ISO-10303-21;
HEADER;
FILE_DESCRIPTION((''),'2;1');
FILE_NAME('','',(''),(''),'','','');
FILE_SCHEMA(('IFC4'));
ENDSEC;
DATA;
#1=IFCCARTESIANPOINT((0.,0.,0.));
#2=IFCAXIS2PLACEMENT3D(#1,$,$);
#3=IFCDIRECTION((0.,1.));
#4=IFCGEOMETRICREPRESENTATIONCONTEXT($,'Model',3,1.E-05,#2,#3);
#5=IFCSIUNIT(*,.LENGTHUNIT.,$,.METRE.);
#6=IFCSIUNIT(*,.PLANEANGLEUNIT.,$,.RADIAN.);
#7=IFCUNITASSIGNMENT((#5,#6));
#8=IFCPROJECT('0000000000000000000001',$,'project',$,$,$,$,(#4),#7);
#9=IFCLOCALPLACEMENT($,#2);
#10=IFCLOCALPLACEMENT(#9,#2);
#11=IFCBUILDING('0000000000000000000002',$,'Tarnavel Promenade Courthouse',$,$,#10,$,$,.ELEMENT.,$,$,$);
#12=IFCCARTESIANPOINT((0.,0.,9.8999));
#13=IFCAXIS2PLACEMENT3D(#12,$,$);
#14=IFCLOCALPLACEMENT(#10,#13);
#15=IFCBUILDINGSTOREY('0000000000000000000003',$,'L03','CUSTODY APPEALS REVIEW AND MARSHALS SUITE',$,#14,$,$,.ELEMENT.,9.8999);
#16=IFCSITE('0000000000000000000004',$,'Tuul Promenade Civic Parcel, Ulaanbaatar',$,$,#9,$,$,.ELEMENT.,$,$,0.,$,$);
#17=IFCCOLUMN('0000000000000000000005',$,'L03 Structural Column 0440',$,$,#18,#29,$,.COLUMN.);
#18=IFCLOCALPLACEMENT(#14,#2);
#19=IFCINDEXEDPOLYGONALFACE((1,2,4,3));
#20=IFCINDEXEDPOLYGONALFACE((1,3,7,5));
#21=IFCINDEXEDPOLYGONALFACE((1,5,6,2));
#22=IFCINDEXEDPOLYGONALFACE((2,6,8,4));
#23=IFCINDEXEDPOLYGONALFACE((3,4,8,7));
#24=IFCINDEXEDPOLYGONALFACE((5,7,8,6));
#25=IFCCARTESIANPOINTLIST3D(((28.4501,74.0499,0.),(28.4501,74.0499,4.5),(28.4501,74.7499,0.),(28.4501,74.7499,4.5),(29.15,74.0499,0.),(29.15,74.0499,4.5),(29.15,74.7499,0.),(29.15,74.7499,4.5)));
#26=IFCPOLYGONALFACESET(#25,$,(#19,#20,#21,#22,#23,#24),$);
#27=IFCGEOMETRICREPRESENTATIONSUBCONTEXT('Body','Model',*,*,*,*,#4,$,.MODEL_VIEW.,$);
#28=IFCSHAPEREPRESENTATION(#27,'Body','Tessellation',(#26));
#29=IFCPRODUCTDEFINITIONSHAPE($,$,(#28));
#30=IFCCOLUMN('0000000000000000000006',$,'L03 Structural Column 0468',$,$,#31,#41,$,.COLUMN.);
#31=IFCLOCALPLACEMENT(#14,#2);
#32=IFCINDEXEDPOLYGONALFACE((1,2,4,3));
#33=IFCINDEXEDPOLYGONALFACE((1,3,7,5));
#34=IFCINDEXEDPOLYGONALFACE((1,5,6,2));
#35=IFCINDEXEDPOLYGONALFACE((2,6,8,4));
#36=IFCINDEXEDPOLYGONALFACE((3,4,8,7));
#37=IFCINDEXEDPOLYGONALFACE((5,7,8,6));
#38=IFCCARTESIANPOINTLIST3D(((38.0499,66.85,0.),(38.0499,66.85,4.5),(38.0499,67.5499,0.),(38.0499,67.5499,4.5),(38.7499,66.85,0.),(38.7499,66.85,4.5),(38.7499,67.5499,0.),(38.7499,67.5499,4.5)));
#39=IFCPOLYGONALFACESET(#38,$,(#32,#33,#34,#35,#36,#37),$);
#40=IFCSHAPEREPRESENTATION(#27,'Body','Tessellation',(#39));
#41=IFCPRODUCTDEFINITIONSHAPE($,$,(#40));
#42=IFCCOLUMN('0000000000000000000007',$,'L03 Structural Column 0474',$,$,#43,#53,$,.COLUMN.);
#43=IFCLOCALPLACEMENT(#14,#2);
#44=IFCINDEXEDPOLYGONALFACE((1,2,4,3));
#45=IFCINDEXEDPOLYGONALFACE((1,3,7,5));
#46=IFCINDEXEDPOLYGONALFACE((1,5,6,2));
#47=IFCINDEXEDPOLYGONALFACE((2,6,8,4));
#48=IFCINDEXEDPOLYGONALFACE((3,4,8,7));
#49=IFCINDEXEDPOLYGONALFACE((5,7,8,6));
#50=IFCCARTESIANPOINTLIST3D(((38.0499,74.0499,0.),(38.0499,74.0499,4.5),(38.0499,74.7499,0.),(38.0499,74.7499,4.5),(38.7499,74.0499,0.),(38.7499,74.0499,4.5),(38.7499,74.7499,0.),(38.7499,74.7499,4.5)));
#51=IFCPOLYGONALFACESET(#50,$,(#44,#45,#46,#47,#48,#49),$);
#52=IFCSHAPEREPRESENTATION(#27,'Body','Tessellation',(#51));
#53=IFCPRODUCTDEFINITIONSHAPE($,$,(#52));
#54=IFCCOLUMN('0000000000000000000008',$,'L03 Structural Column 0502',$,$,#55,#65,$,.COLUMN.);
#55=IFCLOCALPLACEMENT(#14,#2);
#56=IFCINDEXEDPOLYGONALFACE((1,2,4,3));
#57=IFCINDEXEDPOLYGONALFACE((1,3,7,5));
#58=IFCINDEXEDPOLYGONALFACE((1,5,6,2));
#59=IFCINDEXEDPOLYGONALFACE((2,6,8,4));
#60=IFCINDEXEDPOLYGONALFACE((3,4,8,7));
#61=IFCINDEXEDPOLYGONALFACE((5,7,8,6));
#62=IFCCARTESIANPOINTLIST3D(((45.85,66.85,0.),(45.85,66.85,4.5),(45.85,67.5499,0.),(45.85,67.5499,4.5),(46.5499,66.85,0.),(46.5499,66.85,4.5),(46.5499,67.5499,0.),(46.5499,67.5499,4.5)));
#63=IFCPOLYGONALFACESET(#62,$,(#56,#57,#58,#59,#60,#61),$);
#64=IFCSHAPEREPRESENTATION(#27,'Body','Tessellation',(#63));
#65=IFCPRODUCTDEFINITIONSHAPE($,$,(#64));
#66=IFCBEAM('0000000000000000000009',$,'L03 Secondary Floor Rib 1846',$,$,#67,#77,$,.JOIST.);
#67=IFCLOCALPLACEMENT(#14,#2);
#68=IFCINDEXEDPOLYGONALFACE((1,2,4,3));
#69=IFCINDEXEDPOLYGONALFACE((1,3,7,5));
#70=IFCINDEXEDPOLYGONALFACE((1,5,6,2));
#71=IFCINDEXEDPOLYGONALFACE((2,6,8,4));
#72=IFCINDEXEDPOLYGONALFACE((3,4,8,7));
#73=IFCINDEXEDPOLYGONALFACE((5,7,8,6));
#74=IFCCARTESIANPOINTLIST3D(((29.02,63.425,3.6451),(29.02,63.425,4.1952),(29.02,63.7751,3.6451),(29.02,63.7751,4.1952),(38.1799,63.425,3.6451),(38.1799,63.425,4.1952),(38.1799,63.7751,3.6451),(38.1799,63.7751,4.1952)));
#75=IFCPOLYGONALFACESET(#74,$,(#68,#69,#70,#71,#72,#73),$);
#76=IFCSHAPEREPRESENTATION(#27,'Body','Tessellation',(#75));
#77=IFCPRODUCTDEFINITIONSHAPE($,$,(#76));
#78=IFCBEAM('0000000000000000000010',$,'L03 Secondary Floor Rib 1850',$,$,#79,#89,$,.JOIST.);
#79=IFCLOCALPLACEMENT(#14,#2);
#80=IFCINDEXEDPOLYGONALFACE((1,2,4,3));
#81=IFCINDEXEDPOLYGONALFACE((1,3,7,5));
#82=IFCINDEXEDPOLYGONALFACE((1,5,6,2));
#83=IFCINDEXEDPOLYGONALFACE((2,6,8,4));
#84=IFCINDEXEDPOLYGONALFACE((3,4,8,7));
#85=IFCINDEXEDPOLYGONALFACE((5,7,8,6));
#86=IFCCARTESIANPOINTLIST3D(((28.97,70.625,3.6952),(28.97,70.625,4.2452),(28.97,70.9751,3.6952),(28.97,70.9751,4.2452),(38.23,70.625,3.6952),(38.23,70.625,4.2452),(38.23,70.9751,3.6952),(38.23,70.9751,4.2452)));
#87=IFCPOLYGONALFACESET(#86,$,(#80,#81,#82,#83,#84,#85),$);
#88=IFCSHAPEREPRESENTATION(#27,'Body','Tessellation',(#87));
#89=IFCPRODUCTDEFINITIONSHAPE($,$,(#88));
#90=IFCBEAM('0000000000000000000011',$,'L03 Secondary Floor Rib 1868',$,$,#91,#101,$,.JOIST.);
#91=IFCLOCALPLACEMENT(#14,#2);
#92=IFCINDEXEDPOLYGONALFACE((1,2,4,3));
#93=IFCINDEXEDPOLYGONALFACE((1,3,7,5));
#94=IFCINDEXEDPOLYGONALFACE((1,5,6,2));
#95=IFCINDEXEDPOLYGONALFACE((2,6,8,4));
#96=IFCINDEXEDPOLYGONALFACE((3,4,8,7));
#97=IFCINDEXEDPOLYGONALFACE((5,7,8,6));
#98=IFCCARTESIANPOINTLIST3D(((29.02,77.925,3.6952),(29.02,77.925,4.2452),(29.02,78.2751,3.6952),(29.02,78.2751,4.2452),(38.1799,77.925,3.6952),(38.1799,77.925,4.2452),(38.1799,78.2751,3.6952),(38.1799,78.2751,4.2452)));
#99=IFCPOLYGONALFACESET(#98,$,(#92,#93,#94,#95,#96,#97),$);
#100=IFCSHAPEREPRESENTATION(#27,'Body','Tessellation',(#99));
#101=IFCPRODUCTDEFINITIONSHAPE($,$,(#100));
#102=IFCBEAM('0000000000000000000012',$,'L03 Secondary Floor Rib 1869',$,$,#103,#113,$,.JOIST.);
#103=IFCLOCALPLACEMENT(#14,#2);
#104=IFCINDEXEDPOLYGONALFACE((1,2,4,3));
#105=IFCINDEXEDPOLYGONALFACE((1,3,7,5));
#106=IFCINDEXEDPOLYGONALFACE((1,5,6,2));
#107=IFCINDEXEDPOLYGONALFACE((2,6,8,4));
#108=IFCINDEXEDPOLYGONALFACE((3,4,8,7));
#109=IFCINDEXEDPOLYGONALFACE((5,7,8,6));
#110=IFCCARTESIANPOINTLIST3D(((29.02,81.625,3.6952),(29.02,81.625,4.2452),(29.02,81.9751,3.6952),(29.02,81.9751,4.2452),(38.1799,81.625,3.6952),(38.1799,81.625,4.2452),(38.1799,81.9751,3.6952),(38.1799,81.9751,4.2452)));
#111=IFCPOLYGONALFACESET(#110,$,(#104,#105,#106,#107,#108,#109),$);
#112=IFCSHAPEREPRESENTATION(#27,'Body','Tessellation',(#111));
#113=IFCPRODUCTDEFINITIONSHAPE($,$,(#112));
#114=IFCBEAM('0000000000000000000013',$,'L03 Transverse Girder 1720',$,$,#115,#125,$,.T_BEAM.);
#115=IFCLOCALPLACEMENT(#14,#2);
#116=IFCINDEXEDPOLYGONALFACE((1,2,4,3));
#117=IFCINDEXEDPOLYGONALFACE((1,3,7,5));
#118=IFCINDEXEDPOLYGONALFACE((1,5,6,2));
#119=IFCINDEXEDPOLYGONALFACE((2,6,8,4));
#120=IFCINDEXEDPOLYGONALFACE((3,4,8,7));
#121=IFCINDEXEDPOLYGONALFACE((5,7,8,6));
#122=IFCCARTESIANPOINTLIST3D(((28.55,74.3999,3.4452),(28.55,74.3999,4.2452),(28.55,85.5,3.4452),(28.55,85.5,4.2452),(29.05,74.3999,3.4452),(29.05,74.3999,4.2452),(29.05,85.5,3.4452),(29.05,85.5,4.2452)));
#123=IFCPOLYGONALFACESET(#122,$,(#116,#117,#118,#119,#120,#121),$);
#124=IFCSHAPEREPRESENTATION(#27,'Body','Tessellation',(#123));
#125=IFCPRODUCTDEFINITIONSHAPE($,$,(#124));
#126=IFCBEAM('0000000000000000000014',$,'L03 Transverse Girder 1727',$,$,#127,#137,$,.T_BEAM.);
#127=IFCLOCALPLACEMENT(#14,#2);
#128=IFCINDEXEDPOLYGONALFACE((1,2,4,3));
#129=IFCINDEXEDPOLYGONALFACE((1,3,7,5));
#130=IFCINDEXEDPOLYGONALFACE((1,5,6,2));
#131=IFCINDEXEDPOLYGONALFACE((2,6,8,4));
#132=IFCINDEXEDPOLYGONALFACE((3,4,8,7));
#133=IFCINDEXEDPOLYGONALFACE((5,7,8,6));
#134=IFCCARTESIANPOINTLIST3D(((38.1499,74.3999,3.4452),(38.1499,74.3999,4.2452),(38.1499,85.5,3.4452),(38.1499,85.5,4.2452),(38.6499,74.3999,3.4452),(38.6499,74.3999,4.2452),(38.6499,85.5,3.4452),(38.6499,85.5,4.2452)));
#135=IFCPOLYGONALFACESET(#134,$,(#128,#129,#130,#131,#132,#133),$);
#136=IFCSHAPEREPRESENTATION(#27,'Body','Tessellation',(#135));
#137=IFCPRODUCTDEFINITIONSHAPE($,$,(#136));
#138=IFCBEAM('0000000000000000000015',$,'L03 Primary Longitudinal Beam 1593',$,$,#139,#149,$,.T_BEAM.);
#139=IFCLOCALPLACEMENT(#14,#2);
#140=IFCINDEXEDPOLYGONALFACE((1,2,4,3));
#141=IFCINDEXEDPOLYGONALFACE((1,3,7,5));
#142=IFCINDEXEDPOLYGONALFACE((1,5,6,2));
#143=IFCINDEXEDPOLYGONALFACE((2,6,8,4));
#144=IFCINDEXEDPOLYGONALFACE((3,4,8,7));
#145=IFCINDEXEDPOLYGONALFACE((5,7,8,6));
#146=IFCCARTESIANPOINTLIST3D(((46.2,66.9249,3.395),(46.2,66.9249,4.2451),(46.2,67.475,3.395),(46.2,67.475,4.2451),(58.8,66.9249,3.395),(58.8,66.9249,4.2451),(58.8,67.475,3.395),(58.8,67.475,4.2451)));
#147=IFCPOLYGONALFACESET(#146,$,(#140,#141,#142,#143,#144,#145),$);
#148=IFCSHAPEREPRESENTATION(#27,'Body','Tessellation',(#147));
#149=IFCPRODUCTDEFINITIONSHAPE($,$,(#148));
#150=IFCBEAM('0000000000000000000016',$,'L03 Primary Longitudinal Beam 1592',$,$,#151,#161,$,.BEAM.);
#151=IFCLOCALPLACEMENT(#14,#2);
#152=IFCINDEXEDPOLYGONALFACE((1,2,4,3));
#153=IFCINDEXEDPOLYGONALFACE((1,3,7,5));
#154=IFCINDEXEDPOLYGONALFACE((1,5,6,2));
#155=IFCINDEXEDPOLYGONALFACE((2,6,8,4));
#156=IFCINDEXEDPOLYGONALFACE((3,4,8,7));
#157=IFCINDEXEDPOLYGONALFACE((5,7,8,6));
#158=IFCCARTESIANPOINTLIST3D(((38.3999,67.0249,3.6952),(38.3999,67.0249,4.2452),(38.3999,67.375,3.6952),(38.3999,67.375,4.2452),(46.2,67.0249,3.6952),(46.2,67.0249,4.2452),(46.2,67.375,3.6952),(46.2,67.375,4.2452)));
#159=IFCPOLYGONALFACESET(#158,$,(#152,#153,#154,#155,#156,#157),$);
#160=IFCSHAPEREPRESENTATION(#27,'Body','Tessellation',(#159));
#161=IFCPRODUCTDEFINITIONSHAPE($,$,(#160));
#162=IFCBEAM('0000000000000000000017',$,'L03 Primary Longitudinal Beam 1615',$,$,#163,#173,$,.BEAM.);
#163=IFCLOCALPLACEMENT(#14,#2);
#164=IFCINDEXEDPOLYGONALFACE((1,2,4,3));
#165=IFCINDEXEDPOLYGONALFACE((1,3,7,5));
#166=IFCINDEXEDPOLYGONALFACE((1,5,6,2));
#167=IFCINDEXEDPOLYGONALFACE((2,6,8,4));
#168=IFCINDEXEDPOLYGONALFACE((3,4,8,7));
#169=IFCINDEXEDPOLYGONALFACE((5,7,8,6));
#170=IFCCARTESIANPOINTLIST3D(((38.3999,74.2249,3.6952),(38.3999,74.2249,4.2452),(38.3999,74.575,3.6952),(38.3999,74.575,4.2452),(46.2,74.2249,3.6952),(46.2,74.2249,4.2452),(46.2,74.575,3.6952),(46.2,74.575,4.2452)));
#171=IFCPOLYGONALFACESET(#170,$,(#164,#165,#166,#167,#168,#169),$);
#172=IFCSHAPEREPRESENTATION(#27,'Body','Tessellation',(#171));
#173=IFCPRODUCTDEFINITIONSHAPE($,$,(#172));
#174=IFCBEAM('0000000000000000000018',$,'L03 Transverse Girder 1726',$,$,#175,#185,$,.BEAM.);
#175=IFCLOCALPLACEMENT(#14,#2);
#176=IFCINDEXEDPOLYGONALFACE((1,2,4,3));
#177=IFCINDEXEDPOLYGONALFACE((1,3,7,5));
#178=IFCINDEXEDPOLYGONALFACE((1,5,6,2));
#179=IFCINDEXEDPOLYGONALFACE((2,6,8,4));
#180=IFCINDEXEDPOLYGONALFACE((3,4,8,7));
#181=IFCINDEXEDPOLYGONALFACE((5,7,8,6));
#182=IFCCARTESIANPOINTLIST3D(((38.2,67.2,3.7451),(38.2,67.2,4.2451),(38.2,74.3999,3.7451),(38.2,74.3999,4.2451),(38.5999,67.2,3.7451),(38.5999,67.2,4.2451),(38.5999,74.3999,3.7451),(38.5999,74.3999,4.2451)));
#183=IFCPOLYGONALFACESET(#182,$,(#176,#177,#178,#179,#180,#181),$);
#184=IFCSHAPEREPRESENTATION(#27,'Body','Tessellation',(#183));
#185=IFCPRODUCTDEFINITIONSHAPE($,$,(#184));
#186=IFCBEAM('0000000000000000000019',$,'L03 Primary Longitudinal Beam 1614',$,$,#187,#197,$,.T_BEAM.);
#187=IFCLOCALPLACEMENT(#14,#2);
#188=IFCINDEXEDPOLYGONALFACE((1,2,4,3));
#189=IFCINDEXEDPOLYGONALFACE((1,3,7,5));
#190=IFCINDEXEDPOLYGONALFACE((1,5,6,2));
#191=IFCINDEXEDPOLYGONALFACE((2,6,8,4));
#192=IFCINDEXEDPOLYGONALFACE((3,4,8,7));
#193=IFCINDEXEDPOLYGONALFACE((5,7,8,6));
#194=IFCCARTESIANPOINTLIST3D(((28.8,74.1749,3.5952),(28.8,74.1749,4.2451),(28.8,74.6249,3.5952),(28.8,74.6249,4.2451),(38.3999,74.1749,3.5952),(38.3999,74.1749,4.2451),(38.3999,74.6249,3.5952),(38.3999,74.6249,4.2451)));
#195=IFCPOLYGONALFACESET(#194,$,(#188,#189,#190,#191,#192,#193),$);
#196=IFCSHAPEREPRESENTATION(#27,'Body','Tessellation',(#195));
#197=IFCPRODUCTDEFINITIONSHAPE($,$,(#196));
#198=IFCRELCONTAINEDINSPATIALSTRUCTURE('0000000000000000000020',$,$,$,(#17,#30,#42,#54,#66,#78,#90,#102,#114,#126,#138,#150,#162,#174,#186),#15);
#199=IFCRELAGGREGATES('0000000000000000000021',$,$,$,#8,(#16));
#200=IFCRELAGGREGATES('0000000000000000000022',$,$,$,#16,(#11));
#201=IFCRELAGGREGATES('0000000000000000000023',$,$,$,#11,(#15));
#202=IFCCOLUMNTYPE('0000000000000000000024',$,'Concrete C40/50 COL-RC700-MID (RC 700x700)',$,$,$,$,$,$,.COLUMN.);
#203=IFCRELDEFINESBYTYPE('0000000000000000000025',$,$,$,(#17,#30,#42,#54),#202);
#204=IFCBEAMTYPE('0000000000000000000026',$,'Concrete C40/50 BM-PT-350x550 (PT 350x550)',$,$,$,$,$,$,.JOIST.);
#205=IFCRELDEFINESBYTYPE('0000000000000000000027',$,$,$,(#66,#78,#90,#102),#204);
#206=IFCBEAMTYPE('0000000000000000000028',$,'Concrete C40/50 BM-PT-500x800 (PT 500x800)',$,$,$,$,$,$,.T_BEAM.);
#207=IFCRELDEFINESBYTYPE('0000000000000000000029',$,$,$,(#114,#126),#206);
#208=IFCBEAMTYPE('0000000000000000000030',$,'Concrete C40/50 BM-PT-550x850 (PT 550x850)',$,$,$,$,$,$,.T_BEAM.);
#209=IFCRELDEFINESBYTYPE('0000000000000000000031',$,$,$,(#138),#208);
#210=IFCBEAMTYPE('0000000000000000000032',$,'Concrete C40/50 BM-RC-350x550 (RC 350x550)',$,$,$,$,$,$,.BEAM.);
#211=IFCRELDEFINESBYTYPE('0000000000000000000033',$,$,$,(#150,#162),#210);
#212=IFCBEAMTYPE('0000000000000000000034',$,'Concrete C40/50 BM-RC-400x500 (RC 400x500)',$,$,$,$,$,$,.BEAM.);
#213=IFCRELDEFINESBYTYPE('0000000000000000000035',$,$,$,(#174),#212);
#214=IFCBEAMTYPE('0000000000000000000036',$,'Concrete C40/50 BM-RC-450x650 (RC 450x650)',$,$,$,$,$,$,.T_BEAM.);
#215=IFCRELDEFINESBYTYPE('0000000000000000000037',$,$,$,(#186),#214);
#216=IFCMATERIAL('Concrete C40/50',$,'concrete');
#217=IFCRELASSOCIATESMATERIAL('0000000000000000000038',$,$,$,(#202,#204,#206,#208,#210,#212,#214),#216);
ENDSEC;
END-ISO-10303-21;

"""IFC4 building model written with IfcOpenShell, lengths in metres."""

from ifc_helpers import new_model, si_unit, direction, frame, origin, origin_2d, place, context, subcontext, project, spatial, rectangle, extrude, material, material_profile, profile_set, type_object, element, save


model = new_model("IFC4")

# Units and contexts
model_context = context("Model", 3, precision=1e-05, world=origin(), true_north=direction((0.0, 1.0)))
body_context = subcontext(model_context, "Body", "Model", "MODEL_VIEW")
ifc_project = project(units=[si_unit("LENGTHUNIT", "METRE"), si_unit("PLANEANGLEUNIT", "RADIAN")], contexts=[model_context])

# Site, building, storey
site_placement = place(None, origin())
site = spatial("IfcSite", under=ifc_project, at=site_placement, Name="Tuul Promenade Civic Parcel, Ulaanbaatar", CompositionType="ELEMENT", RefElevation=0.0)
building_placement = place(site_placement, origin())
building = spatial("IfcBuilding", under=site, at=building_placement, Name="Tarnavel Promenade Courthouse", CompositionType="ELEMENT")
storey_placement = place(building_placement, frame((0.0, 0.0, 9.8999)))
storey = spatial("IfcBuildingStorey", under=building, at=storey_placement, Name="L03", Description="CUSTODY APPEALS REVIEW AND MARSHALS SUITE", CompositionType="ELEMENT", Elevation=9.8999)

# Columns
ifc_material_1 = material(Name="Concrete C40/50", Category="concrete")
ifc_material_profile_1 = material_profile(ifc_material_1, rectangle(XDim=0.7, YDim=0.7, at=origin_2d()), Name="RC 700x700")
ifc_profile_set_1 = profile_set([ifc_material_profile_1], Name="Concrete C40/50")
column_type = type_object("IfcColumnType", Name="Concrete C40/50 COL-RC700-MID (RC 700x700)", PredefinedType="COLUMN", material=ifc_profile_set_1)
for number, where, z_axis, x_axis, name in (
    (1, (28.8, 74.3999, 0.0), (0.0, 0.0, 1.0), (1.0, 0.0, 0.0), "L03 Structural Column 0440"),
    (2, (38.3999, 67.2, 0.0), (0.0, 0.0, 1.0), (1.0, 0.0, 0.0), "L03 Structural Column 0468"),
    (3, (38.3999, 74.3999, 0.0), (0.0, 0.0, 1.0), (1.0, 0.0, 0.0), "L03 Structural Column 0474"),
    (4, (46.2, 67.2, 0.0), (0.0, 0.0, 1.0), (1.0, 0.0, 0.0), "L03 Structural Column 0502"),
):
    element("IfcColumn", number, at=place(storey_placement, frame(where, z_axis=z_axis, x_axis=x_axis)), inside=storey, type_object=column_type, Name=name, PredefinedType="COLUMN", context=body_context, shape_type="SweptSolid", body=[
        extrude(rectangle(XDim=0.7, YDim=0.7, at=origin_2d()), origin(), (0.0, 0.0, 1.0), 4.5),
    ])

# Beams
ifc_material_profile_2 = material_profile(ifc_material_1, rectangle(XDim=0.3501, YDim=0.55, at=origin_2d()), Name="PT 350x550")
ifc_profile_set_2 = profile_set([ifc_material_profile_2], Name="Concrete C40/50")
beam_type_1 = type_object("IfcBeamType", Name="Concrete C40/50 BM-PT-350x550 (PT 350x550)", PredefinedType="JOIST", material=ifc_profile_set_2)
beam_1_placement = place(storey_placement, frame((29.02, 63.6001, 3.9202), z_axis=(1.0, 0.0, 0.0), x_axis=(0.0, 1.0, 0.0)))
element("IfcBeam", 5, at=beam_1_placement, inside=storey, type_object=beam_type_1, Name="L03 Secondary Floor Rib 1846", PredefinedType="JOIST", context=body_context, shape_type="SweptSolid", body=[
    extrude(rectangle(XDim=0.3501, YDim=0.55, at=origin_2d()), origin(), (0.0, 0.0, 1.0), 9.1599),
])
beam_2_placement = place(storey_placement, frame((28.97, 70.8, 3.9702), z_axis=(1.0, 0.0, 0.0), x_axis=(0.0, 1.0, 0.0)))
element("IfcBeam", 6, at=beam_2_placement, inside=storey, type_object=beam_type_1, Name="L03 Secondary Floor Rib 1850", PredefinedType="JOIST", context=body_context, shape_type="SweptSolid", body=[
    extrude(rectangle(XDim=0.3501, YDim=0.55, at=origin_2d()), origin(), (0.0, 0.0, 1.0), 9.26),
])
for number, where, z_axis, x_axis, name in (
    (7, (29.02, 78.1001, 3.9702), (1.0, 0.0, 0.0), (0.0, 1.0, 0.0), "L03 Secondary Floor Rib 1868"),
    (8, (29.02, 81.8, 3.9702), (1.0, 0.0, 0.0), (0.0, 1.0, 0.0), "L03 Secondary Floor Rib 1869"),
):
    element("IfcBeam", number, at=place(storey_placement, frame(where, z_axis=z_axis, x_axis=x_axis)), inside=storey, type_object=beam_type_1, Name=name, PredefinedType="JOIST", context=body_context, shape_type="SweptSolid", body=[
        extrude(rectangle(XDim=0.3501, YDim=0.55, at=origin_2d()), origin(), (0.0, 0.0, 1.0), 9.1599),
    ])
ifc_material_profile_3 = material_profile(ifc_material_1, rectangle(XDim=0.5, YDim=0.8, at=origin_2d()), Name="PT 500x800")
ifc_profile_set_3 = profile_set([ifc_material_profile_3], Name="Concrete C40/50")
beam_type_2 = type_object("IfcBeamType", Name="Concrete C40/50 BM-PT-500x800 (PT 500x800)", PredefinedType="T_BEAM", material=ifc_profile_set_3)
for number, where, z_axis, x_axis, name in (
    (9, (28.8, 74.3999, 3.8452), (0.0, 1.0, 0.0), (-1.0, 0.0, 0.0), "L03 Transverse Girder 1720"),
    (10, (38.3999, 74.3999, 3.8452), (0.0, 1.0, 0.0), (-1.0, 0.0, 0.0), "L03 Transverse Girder 1727"),
):
    element("IfcBeam", number, at=place(storey_placement, frame(where, z_axis=z_axis, x_axis=x_axis)), inside=storey, type_object=beam_type_2, Name=name, PredefinedType="T_BEAM", context=body_context, shape_type="SweptSolid", body=[
        extrude(rectangle(XDim=0.5, YDim=0.8, at=origin_2d()), origin(), (0.0, 0.0, 1.0), 11.1001),
    ])
ifc_material_profile_4 = material_profile(ifc_material_1, rectangle(XDim=0.55, YDim=0.8501, at=origin_2d()), Name="PT 550x850")
ifc_profile_set_4 = profile_set([ifc_material_profile_4], Name="Concrete C40/50")
beam_type_3 = type_object("IfcBeamType", Name="Concrete C40/50 BM-PT-550x850 (PT 550x850)", PredefinedType="T_BEAM", material=ifc_profile_set_4)
beam_3_placement = place(storey_placement, frame((46.2, 67.2, 3.8201), z_axis=(1.0, 0.0, 0.0), x_axis=(0.0, 1.0, 0.0)))
element("IfcBeam", 11, at=beam_3_placement, inside=storey, type_object=beam_type_3, Name="L03 Primary Longitudinal Beam 1593", PredefinedType="T_BEAM", context=body_context, shape_type="SweptSolid", body=[
    extrude(rectangle(XDim=0.55, YDim=0.8501, at=origin_2d()), origin(), (0.0, 0.0, 1.0), 12.6001),
])
ifc_material_profile_5 = material_profile(ifc_material_1, rectangle(XDim=0.3501, YDim=0.55, at=origin_2d()), Name="RC 350x550")
ifc_profile_set_5 = profile_set([ifc_material_profile_5], Name="Concrete C40/50")
beam_type_4 = type_object("IfcBeamType", Name="Concrete C40/50 BM-RC-350x550 (RC 350x550)", PredefinedType="BEAM", material=ifc_profile_set_5)
for number, where, z_axis, x_axis, name in (
    (12, (38.3999, 67.2, 3.9702), (1.0, 0.0, 0.0), (0.0, 1.0, 0.0), "L03 Primary Longitudinal Beam 1592"),
    (13, (38.3999, 74.3999, 3.9702), (1.0, 0.0, 0.0), (0.0, 1.0, 0.0), "L03 Primary Longitudinal Beam 1615"),
):
    element("IfcBeam", number, at=place(storey_placement, frame(where, z_axis=z_axis, x_axis=x_axis)), inside=storey, type_object=beam_type_4, Name=name, PredefinedType="BEAM", context=body_context, shape_type="SweptSolid", body=[
        extrude(rectangle(XDim=0.3501, YDim=0.55, at=origin_2d()), origin(), (0.0, 0.0, 1.0), 7.8),
    ])
ifc_material_profile_6 = material_profile(ifc_material_1, rectangle(XDim=0.3999, YDim=0.5, at=origin_2d()), Name="RC 400x500")
ifc_profile_set_6 = profile_set([ifc_material_profile_6], Name="Concrete C40/50")
beam_type_5 = type_object("IfcBeamType", Name="Concrete C40/50 BM-RC-400x500 (RC 400x500)", PredefinedType="BEAM", material=ifc_profile_set_6)
beam_4_placement = place(storey_placement, frame((38.3999, 67.2, 3.9951), z_axis=(0.0, 1.0, 0.0), x_axis=(-1.0, 0.0, 0.0)))
element("IfcBeam", 14, at=beam_4_placement, inside=storey, type_object=beam_type_5, Name="L03 Transverse Girder 1726", PredefinedType="BEAM", context=body_context, shape_type="SweptSolid", body=[
    extrude(rectangle(XDim=0.3999, YDim=0.5, at=origin_2d()), origin(), (0.0, 0.0, 1.0), 7.2),
])
ifc_material_profile_7 = material_profile(ifc_material_1, rectangle(XDim=0.45, YDim=0.6499, at=origin_2d()), Name="RC 450x650")
ifc_profile_set_7 = profile_set([ifc_material_profile_7], Name="Concrete C40/50")
beam_type_6 = type_object("IfcBeamType", Name="Concrete C40/50 BM-RC-450x650 (RC 450x650)", PredefinedType="T_BEAM", material=ifc_profile_set_7)
beam_5_placement = place(storey_placement, frame((28.8, 74.3999, 3.9202), z_axis=(1.0, 0.0, 0.0), x_axis=(0.0, 1.0, 0.0)))
element("IfcBeam", 15, at=beam_5_placement, inside=storey, type_object=beam_type_6, Name="L03 Primary Longitudinal Beam 1614", PredefinedType="T_BEAM", context=body_context, shape_type="SweptSolid", body=[
    extrude(rectangle(XDim=0.45, YDim=0.6499, at=origin_2d()), origin(), (0.0, 0.0, 1.0), 9.5999),
])

save(model, "model.ifc")
